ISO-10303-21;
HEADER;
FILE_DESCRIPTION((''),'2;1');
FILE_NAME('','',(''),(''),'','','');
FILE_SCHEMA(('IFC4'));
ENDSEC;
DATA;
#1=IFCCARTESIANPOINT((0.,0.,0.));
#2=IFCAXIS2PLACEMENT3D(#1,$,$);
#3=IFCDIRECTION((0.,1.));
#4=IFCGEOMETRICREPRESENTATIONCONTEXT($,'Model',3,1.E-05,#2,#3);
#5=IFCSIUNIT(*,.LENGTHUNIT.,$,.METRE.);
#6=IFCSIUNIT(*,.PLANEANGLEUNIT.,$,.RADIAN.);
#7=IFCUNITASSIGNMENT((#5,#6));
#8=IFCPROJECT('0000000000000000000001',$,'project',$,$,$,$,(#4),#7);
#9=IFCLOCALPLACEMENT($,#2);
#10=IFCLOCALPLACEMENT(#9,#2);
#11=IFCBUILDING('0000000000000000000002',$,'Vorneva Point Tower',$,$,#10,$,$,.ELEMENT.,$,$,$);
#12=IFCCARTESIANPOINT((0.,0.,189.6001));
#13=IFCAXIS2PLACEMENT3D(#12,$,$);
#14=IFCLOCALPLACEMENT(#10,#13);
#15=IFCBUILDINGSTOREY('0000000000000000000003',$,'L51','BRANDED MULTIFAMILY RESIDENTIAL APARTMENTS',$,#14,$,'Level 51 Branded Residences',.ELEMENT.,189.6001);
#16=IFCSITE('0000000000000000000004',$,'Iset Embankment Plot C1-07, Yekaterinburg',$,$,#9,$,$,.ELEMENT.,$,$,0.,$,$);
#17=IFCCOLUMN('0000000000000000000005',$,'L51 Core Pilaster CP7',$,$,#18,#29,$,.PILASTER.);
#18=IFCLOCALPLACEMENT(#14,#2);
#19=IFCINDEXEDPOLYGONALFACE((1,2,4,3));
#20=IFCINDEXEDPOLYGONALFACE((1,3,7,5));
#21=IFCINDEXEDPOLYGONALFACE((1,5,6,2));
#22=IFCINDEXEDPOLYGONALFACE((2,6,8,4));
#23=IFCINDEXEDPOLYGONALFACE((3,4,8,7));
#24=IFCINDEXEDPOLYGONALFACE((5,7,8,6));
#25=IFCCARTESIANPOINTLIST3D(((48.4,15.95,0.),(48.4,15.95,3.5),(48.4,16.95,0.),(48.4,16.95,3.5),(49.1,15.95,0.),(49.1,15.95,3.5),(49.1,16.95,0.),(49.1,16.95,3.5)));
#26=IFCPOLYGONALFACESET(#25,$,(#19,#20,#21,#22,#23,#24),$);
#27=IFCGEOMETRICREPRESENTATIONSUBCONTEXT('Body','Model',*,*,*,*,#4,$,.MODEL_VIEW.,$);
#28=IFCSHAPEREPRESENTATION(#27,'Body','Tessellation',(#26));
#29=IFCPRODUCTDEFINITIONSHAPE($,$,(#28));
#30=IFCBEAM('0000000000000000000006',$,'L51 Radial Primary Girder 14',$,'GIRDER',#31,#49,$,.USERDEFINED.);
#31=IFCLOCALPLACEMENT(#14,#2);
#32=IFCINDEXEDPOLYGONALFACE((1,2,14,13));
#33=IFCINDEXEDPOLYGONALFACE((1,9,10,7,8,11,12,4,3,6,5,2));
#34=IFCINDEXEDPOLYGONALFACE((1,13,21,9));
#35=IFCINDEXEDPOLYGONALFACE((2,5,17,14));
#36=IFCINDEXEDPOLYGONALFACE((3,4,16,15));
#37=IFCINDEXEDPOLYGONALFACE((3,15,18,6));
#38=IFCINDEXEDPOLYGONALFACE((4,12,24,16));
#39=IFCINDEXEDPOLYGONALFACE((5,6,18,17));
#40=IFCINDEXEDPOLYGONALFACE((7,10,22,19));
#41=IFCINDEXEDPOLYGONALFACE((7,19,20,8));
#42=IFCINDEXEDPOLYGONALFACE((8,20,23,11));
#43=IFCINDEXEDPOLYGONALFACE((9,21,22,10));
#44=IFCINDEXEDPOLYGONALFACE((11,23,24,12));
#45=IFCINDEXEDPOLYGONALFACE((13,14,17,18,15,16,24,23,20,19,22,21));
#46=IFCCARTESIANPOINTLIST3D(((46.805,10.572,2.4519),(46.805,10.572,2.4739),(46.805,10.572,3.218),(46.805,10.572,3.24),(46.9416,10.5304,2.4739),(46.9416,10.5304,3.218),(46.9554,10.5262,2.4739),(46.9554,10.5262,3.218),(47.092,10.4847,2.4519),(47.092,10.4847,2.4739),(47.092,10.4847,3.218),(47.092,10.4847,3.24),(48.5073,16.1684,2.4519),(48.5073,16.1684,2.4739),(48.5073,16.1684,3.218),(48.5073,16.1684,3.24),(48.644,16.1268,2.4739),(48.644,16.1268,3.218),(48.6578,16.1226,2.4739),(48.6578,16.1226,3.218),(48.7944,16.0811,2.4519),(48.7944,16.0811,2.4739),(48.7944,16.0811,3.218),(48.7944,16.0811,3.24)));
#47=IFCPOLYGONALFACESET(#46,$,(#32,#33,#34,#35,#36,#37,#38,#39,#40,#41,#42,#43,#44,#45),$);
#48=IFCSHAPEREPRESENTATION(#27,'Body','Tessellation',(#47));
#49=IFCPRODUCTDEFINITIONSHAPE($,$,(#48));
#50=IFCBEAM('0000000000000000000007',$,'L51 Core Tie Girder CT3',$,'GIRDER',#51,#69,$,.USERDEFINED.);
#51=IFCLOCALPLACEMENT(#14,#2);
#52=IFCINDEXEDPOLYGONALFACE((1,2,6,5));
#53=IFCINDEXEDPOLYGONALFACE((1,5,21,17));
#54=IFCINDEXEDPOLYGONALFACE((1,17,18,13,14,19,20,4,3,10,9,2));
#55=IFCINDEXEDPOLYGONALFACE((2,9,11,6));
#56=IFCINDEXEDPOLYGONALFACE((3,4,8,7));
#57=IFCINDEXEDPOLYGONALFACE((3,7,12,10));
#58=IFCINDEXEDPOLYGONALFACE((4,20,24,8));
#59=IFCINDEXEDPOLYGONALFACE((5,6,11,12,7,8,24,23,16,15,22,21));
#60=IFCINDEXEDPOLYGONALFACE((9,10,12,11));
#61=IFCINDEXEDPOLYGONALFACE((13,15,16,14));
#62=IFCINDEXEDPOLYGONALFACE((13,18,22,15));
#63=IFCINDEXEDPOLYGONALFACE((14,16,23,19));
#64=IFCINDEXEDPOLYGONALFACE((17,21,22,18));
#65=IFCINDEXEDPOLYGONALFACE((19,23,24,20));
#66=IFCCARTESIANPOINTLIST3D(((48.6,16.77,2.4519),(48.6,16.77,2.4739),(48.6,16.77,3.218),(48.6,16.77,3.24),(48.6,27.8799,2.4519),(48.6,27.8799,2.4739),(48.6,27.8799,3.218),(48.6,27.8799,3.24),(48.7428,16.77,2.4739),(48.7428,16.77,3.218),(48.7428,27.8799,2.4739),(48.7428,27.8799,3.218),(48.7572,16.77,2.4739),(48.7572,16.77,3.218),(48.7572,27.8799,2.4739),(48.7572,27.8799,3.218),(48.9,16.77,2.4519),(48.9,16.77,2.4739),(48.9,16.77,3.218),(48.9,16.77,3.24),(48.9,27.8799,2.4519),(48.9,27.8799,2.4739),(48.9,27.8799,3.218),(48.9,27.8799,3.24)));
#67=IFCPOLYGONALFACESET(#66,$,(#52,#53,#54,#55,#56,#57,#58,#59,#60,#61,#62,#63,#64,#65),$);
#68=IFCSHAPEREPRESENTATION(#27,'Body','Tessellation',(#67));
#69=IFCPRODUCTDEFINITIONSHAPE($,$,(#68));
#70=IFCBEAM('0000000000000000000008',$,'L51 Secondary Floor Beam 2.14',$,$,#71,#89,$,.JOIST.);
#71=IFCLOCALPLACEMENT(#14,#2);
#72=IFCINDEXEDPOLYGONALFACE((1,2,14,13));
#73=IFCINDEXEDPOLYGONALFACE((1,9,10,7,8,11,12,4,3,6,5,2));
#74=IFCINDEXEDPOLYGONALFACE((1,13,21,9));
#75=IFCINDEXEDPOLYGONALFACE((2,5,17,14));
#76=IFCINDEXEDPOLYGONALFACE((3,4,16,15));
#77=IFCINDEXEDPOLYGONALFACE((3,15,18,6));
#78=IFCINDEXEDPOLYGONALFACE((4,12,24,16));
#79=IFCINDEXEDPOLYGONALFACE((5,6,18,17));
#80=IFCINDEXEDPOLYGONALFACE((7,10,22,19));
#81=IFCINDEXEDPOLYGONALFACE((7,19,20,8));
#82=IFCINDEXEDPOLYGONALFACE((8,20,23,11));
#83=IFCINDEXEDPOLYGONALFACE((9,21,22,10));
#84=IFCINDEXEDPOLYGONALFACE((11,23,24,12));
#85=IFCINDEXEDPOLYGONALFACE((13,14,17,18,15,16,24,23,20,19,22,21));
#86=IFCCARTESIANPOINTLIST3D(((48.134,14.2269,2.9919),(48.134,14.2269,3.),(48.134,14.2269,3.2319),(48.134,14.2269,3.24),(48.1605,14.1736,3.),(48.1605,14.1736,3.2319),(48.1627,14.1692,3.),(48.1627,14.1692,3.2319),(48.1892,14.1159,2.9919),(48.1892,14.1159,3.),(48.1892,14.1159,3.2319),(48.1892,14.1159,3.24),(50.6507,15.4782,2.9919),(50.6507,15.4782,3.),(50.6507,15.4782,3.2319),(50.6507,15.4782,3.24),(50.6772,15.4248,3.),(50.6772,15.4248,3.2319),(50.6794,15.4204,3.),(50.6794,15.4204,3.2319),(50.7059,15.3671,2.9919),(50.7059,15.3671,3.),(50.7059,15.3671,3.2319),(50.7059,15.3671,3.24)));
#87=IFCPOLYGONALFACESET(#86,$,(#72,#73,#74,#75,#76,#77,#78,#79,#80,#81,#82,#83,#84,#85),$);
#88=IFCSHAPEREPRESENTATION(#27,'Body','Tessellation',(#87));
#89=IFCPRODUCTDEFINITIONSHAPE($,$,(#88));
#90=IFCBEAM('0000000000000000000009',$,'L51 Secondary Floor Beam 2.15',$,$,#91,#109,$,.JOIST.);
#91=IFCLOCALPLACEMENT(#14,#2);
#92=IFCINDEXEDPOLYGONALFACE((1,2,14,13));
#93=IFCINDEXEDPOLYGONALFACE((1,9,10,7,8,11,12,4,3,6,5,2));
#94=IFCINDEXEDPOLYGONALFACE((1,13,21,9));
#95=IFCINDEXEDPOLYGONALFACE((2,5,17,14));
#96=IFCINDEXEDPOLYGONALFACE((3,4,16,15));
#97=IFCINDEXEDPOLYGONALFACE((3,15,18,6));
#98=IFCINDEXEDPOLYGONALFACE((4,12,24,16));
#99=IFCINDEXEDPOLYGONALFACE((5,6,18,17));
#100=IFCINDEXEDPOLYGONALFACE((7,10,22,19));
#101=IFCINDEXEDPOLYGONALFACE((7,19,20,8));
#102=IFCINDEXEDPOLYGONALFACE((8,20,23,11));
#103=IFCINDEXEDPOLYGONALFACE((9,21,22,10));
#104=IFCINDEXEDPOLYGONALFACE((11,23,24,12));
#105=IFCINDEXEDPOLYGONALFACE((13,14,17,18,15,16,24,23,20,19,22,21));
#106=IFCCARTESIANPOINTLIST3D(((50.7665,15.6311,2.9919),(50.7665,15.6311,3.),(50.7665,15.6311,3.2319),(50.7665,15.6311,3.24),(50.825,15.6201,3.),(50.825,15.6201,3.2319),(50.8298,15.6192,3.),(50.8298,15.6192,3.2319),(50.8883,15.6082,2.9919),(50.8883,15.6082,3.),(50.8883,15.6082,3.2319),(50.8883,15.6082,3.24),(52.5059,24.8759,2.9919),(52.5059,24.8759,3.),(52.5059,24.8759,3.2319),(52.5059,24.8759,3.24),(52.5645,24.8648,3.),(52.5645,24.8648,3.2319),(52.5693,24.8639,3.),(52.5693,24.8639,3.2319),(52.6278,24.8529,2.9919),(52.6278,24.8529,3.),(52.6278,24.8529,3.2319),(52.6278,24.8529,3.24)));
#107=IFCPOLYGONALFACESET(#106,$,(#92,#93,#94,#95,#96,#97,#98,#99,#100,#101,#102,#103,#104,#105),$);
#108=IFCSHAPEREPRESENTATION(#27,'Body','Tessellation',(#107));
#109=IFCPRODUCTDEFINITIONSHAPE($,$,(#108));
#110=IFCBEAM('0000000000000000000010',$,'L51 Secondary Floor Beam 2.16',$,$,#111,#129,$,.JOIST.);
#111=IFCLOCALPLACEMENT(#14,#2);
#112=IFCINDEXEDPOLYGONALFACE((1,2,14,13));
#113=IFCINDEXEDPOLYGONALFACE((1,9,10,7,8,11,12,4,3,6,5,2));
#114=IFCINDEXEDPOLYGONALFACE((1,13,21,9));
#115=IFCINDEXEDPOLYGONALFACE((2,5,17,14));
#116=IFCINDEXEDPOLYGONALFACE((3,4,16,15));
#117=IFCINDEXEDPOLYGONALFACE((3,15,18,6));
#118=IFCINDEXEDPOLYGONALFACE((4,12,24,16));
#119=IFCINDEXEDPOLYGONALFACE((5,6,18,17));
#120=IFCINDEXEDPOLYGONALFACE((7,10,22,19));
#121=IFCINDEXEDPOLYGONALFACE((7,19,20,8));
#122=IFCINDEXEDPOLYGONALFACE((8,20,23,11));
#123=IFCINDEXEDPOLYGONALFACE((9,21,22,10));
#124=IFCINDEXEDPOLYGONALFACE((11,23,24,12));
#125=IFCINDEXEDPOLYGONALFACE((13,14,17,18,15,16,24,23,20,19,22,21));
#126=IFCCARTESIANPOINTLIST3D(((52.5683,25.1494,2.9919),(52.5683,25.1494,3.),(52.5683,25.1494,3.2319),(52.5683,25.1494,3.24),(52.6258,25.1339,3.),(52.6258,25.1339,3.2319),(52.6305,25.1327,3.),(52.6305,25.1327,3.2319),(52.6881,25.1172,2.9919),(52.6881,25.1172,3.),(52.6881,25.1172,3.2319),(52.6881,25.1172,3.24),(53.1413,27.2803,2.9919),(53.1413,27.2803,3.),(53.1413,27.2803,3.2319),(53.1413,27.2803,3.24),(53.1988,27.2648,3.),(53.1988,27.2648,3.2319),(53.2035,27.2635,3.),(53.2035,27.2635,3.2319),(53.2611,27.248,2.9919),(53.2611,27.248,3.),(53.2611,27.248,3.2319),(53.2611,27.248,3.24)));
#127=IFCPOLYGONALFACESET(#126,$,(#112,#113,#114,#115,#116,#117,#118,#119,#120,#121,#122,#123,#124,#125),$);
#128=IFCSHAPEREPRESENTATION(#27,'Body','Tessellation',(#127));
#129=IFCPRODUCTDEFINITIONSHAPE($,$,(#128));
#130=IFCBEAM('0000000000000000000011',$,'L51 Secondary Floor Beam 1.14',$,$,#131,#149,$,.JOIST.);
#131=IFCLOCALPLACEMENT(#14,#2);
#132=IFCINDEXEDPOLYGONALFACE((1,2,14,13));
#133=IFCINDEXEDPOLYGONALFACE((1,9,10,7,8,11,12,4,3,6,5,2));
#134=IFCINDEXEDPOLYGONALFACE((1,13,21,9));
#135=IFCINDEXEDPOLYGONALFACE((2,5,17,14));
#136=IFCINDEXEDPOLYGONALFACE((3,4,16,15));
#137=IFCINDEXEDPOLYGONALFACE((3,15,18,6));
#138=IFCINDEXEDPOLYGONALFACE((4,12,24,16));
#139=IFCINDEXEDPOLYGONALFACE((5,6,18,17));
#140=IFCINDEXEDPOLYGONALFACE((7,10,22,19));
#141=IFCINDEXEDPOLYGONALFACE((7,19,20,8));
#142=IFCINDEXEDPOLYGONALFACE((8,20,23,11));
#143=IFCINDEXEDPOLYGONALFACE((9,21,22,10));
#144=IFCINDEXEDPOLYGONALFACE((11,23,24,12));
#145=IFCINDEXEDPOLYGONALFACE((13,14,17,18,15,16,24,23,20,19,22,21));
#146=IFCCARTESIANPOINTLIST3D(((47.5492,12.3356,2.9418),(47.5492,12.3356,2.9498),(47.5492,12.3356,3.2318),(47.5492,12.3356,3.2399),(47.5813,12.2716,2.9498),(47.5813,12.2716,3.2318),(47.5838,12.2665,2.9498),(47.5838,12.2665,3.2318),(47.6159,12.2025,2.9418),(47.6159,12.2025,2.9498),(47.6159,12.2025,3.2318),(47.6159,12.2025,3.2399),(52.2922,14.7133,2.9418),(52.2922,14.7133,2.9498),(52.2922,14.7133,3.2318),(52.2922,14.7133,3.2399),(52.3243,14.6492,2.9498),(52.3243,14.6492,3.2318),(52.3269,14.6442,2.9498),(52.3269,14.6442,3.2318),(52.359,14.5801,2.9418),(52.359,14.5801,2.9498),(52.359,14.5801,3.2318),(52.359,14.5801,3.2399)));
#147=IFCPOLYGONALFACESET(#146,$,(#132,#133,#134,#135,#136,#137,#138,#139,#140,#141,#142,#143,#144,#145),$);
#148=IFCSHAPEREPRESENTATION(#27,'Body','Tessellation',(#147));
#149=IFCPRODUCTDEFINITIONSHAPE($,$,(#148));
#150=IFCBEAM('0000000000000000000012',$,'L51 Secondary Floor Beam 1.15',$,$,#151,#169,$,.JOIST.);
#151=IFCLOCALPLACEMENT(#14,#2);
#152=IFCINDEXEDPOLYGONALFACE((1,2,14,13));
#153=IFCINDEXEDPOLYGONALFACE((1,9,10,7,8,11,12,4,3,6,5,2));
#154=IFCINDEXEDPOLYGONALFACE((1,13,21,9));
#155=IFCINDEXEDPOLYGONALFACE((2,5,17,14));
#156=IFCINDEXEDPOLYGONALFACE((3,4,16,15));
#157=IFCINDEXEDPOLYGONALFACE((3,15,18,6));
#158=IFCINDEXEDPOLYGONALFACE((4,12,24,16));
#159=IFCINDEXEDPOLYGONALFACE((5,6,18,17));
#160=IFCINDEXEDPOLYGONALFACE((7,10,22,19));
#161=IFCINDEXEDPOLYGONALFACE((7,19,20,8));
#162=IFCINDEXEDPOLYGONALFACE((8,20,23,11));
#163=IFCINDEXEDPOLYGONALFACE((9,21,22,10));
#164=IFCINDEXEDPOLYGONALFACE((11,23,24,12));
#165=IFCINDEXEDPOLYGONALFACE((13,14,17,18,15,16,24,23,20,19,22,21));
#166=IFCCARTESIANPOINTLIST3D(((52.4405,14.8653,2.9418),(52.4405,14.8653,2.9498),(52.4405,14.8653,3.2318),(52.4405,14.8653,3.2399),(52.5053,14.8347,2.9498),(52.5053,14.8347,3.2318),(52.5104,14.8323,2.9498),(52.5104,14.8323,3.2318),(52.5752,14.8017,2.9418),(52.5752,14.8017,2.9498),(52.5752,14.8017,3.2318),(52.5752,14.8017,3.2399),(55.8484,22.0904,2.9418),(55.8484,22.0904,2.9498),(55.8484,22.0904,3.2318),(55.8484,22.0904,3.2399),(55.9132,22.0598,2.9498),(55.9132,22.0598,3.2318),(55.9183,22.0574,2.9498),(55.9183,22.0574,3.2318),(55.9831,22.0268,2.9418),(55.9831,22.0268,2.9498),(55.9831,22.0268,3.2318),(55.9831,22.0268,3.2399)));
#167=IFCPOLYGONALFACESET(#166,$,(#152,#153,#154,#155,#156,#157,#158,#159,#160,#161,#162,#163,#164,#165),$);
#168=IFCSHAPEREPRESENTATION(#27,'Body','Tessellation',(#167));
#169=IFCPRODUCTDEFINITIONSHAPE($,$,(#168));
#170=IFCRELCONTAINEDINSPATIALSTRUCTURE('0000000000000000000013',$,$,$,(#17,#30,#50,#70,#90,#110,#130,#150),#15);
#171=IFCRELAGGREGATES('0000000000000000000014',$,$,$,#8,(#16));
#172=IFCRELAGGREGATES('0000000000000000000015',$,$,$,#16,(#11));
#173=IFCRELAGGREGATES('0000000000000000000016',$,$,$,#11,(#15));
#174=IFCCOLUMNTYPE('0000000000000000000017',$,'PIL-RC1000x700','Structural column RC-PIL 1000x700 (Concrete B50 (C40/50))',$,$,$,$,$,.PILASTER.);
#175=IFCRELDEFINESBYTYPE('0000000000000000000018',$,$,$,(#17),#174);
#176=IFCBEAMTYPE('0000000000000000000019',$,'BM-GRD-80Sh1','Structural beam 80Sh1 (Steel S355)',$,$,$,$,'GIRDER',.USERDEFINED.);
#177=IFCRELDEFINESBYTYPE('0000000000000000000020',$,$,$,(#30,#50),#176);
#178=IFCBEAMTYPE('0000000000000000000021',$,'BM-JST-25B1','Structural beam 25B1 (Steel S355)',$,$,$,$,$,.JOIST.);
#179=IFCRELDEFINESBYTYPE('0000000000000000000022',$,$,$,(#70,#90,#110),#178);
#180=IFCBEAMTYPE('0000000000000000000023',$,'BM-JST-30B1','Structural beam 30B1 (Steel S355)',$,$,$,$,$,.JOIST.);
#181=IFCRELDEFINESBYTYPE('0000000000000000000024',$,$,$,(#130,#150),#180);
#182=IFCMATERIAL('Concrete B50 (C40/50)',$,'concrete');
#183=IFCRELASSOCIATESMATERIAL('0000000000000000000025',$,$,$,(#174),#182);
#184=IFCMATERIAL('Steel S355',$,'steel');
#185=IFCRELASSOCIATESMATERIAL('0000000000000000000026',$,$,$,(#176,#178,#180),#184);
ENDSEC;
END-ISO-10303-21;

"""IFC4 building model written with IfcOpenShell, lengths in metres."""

from ifc_helpers import new_model, si_unit, direction, frame, origin, origin_2d, place, context, subcontext, project, spatial, rectangle, i_section, extrude, material, material_profile, profile_set, type_object, element, save


model = new_model("IFC4")

# Units and contexts
model_context = context("Model", 3, precision=1e-05, world=origin(), true_north=direction((0.0, 1.0)))
body_context = subcontext(model_context, "Body", "Model", "MODEL_VIEW")
ifc_project = project(units=[si_unit("LENGTHUNIT", "METRE"), si_unit("PLANEANGLEUNIT", "RADIAN")], contexts=[model_context])

# Site, building, storey
site_placement = place(None, origin())
site = spatial("IfcSite", under=ifc_project, at=site_placement, Name="Iset Embankment Plot C1-07, Yekaterinburg", CompositionType="ELEMENT", RefElevation=0.0)
building_placement = place(site_placement, origin())
building = spatial("IfcBuilding", under=site, at=building_placement, Name="Vorneva Point Tower", CompositionType="ELEMENT")
storey_placement = place(building_placement, frame((0.0, 0.0, 189.6001)))
storey = spatial("IfcBuildingStorey", under=building, at=storey_placement, Name="L51", Description="BRANDED MULTIFAMILY RESIDENTIAL APARTMENTS", LongName="Level 51 Branded Residences", CompositionType="ELEMENT", Elevation=189.6001)

# Column
ifc_material_1 = material(Name="Concrete B50 (C40/50)", Category="concrete")
ifc_material_profile_1 = material_profile(ifc_material_1, rectangle(XDim=0.7, YDim=1.0, at=origin_2d()), Name="RC-PIL 1000x700")
ifc_profile_set_1 = profile_set([ifc_material_profile_1], Name="Concrete B50 (C40/50)")
column_type = type_object("IfcColumnType", Name="PIL-RC1000x700", Description="Structural column RC-PIL 1000x700 (Concrete B50 (C40/50))", PredefinedType="PILASTER", material=ifc_profile_set_1)
column_placement = place(storey_placement, frame((48.75, 16.45, 0.0), z_axis=(0.0, 0.0, 1.0), x_axis=(1.0, 0.0, 0.0)))
element("IfcColumn", 1, at=column_placement, inside=storey, type_object=column_type, Name="L51 Core Pilaster CP7", PredefinedType="PILASTER", context=body_context, shape_type="SweptSolid", body=[
    extrude(rectangle(XDim=0.7, YDim=1.0, at=origin_2d()), origin(), (0.0, 0.0, 1.0), 3.5),
])

# Beams
ifc_material_2 = material(Name="Steel S355", Category="steel")
ifc_material_profile_2 = material_profile(ifc_material_2, i_section(OverallWidth=0.3, OverallDepth=0.7881, WebThickness=0.0144, FlangeThickness=0.022, at=origin_2d()), Name="80Sh1")
ifc_profile_set_2 = profile_set([ifc_material_profile_2], Name="Steel S355")
beam_type_1 = type_object("IfcBeamType", Name="BM-GRD-80Sh1", Description="Structural beam 80Sh1 (Steel S355)", ElementType="GIRDER", PredefinedType="USERDEFINED", material=ifc_profile_set_2)
beam_1_placement = place(storey_placement, frame((46.9485, 10.5283, 2.8459), z_axis=(0.291025, 0.956715, 0.0), x_axis=(-0.956715, 0.291025, 0.0)))
element("IfcBeam", 2, at=beam_1_placement, inside=storey, type_object=beam_type_1, Name="L51 Radial Primary Girder 14", ObjectType="GIRDER", PredefinedType="USERDEFINED", context=body_context, shape_type="SweptSolid", body=[
    extrude(i_section(OverallWidth=0.3, OverallDepth=0.7881, WebThickness=0.0144, FlangeThickness=0.022, at=origin_2d()), origin(), (0.0, 0.0, 1.0), 5.8496),
])
beam_2_placement = place(storey_placement, frame((48.75, 16.77, 2.8459), z_axis=(0.0, 1.0, 0.0), x_axis=(-1.0, 0.0, 0.0)))
element("IfcBeam", 3, at=beam_2_placement, inside=storey, type_object=beam_type_1, Name="L51 Core Tie Girder CT3", ObjectType="GIRDER", PredefinedType="USERDEFINED", context=body_context, shape_type="SweptSolid", body=[
    extrude(i_section(OverallWidth=0.3, OverallDepth=0.7881, WebThickness=0.0144, FlangeThickness=0.022, at=origin_2d()), origin(), (0.0, 0.0, 1.0), 11.1099),
])
ifc_material_profile_3 = material_profile(ifc_material_2, i_section(OverallWidth=0.124, OverallDepth=0.248, WebThickness=0.0049, FlangeThickness=0.0081, at=origin_2d()), Name="25B1")
ifc_profile_set_3 = profile_set([ifc_material_profile_3], Name="Steel S355")
beam_type_2 = type_object("IfcBeamType", Name="BM-JST-25B1", Description="Structural beam 25B1 (Steel S355)", PredefinedType="JOIST", material=ifc_profile_set_3)
beam_3_placement = place(storey_placement, frame((48.1616, 14.1714, 3.116), z_axis=(0.895433, 0.445197, 0.0), x_axis=(-0.445197, 0.895433, 0.0)))
element("IfcBeam", 4, at=beam_3_placement, inside=storey, type_object=beam_type_2, Name="L51 Secondary Floor Beam 2.14", PredefinedType="JOIST", context=body_context, shape_type="SweptSolid", body=[
    extrude(i_section(OverallWidth=0.124, OverallDepth=0.248, WebThickness=0.0049, FlangeThickness=0.0081, at=origin_2d()), origin(), (0.0, 0.0, 1.0), 2.8105),
])
beam_4_placement = place(storey_placement, frame((50.8274, 15.6196, 3.116), z_axis=(0.184914, 0.982755, 0.0), x_axis=(-0.982755, 0.184914, 0.0)))
element("IfcBeam", 5, at=beam_4_placement, inside=storey, type_object=beam_type_2, Name="L51 Secondary Floor Beam 2.15", PredefinedType="JOIST", context=body_context, shape_type="SweptSolid", body=[
    extrude(i_section(OverallWidth=0.124, OverallDepth=0.248, WebThickness=0.0049, FlangeThickness=0.0081, at=origin_2d()), origin(), (0.0, 0.0, 1.0), 9.407),
])
beam_5_placement = place(storey_placement, frame((52.6282, 25.1333, 3.116), z_axis=(0.25968, 0.965695, 0.0), x_axis=(-0.965695, 0.25968, 0.0)))
element("IfcBeam", 6, at=beam_5_placement, inside=storey, type_object=beam_type_2, Name="L51 Secondary Floor Beam 2.16", PredefinedType="JOIST", context=body_context, shape_type="SweptSolid", body=[
    extrude(i_section(OverallWidth=0.124, OverallDepth=0.248, WebThickness=0.0049, FlangeThickness=0.0081, at=origin_2d()), origin(), (0.0, 0.0, 1.0), 2.2065),
])
ifc_material_profile_4 = material_profile(ifc_material_2, i_section(OverallWidth=0.1489, OverallDepth=0.2981, WebThickness=0.0056, FlangeThickness=0.0081, at=origin_2d()), Name="30B1")
ifc_profile_set_4 = profile_set([ifc_material_profile_4], Name="Steel S355")
beam_type_3 = type_object("IfcBeamType", Name="BM-JST-30B1", Description="Structural beam 30B1 (Steel S355)", PredefinedType="JOIST", material=ifc_profile_set_4)
beam_6_placement = place(storey_placement, frame((47.5825, 12.269, 3.0908), z_axis=(0.893967, 0.448134, 0.0), x_axis=(-0.448134, 0.893967, 0.0)))
element("IfcBeam", 7, at=beam_6_placement, inside=storey, type_object=beam_type_3, Name="L51 Secondary Floor Beam 1.14", PredefinedType="JOIST", context=body_context, shape_type="SweptSolid", body=[
    extrude(i_section(OverallWidth=0.1489, OverallDepth=0.2981, WebThickness=0.0056, FlangeThickness=0.0081, at=origin_2d()), origin(), (0.0, 0.0, 1.0), 5.3057),
])
beam_7_placement = place(storey_placement, frame((52.5078, 14.8335, 3.0908), z_axis=(0.426608, 0.904437, 0.0), x_axis=(-0.904437, 0.426608, 0.0)))
element("IfcBeam", 8, at=beam_7_placement, inside=storey, type_object=beam_type_3, Name="L51 Secondary Floor Beam 1.15", PredefinedType="JOIST", context=body_context, shape_type="SweptSolid", body=[
    extrude(i_section(OverallWidth=0.1489, OverallDepth=0.2981, WebThickness=0.0056, FlangeThickness=0.0081, at=origin_2d()), origin(), (0.0, 0.0, 1.0), 7.9885),
])

save(model, "model.ifc")
